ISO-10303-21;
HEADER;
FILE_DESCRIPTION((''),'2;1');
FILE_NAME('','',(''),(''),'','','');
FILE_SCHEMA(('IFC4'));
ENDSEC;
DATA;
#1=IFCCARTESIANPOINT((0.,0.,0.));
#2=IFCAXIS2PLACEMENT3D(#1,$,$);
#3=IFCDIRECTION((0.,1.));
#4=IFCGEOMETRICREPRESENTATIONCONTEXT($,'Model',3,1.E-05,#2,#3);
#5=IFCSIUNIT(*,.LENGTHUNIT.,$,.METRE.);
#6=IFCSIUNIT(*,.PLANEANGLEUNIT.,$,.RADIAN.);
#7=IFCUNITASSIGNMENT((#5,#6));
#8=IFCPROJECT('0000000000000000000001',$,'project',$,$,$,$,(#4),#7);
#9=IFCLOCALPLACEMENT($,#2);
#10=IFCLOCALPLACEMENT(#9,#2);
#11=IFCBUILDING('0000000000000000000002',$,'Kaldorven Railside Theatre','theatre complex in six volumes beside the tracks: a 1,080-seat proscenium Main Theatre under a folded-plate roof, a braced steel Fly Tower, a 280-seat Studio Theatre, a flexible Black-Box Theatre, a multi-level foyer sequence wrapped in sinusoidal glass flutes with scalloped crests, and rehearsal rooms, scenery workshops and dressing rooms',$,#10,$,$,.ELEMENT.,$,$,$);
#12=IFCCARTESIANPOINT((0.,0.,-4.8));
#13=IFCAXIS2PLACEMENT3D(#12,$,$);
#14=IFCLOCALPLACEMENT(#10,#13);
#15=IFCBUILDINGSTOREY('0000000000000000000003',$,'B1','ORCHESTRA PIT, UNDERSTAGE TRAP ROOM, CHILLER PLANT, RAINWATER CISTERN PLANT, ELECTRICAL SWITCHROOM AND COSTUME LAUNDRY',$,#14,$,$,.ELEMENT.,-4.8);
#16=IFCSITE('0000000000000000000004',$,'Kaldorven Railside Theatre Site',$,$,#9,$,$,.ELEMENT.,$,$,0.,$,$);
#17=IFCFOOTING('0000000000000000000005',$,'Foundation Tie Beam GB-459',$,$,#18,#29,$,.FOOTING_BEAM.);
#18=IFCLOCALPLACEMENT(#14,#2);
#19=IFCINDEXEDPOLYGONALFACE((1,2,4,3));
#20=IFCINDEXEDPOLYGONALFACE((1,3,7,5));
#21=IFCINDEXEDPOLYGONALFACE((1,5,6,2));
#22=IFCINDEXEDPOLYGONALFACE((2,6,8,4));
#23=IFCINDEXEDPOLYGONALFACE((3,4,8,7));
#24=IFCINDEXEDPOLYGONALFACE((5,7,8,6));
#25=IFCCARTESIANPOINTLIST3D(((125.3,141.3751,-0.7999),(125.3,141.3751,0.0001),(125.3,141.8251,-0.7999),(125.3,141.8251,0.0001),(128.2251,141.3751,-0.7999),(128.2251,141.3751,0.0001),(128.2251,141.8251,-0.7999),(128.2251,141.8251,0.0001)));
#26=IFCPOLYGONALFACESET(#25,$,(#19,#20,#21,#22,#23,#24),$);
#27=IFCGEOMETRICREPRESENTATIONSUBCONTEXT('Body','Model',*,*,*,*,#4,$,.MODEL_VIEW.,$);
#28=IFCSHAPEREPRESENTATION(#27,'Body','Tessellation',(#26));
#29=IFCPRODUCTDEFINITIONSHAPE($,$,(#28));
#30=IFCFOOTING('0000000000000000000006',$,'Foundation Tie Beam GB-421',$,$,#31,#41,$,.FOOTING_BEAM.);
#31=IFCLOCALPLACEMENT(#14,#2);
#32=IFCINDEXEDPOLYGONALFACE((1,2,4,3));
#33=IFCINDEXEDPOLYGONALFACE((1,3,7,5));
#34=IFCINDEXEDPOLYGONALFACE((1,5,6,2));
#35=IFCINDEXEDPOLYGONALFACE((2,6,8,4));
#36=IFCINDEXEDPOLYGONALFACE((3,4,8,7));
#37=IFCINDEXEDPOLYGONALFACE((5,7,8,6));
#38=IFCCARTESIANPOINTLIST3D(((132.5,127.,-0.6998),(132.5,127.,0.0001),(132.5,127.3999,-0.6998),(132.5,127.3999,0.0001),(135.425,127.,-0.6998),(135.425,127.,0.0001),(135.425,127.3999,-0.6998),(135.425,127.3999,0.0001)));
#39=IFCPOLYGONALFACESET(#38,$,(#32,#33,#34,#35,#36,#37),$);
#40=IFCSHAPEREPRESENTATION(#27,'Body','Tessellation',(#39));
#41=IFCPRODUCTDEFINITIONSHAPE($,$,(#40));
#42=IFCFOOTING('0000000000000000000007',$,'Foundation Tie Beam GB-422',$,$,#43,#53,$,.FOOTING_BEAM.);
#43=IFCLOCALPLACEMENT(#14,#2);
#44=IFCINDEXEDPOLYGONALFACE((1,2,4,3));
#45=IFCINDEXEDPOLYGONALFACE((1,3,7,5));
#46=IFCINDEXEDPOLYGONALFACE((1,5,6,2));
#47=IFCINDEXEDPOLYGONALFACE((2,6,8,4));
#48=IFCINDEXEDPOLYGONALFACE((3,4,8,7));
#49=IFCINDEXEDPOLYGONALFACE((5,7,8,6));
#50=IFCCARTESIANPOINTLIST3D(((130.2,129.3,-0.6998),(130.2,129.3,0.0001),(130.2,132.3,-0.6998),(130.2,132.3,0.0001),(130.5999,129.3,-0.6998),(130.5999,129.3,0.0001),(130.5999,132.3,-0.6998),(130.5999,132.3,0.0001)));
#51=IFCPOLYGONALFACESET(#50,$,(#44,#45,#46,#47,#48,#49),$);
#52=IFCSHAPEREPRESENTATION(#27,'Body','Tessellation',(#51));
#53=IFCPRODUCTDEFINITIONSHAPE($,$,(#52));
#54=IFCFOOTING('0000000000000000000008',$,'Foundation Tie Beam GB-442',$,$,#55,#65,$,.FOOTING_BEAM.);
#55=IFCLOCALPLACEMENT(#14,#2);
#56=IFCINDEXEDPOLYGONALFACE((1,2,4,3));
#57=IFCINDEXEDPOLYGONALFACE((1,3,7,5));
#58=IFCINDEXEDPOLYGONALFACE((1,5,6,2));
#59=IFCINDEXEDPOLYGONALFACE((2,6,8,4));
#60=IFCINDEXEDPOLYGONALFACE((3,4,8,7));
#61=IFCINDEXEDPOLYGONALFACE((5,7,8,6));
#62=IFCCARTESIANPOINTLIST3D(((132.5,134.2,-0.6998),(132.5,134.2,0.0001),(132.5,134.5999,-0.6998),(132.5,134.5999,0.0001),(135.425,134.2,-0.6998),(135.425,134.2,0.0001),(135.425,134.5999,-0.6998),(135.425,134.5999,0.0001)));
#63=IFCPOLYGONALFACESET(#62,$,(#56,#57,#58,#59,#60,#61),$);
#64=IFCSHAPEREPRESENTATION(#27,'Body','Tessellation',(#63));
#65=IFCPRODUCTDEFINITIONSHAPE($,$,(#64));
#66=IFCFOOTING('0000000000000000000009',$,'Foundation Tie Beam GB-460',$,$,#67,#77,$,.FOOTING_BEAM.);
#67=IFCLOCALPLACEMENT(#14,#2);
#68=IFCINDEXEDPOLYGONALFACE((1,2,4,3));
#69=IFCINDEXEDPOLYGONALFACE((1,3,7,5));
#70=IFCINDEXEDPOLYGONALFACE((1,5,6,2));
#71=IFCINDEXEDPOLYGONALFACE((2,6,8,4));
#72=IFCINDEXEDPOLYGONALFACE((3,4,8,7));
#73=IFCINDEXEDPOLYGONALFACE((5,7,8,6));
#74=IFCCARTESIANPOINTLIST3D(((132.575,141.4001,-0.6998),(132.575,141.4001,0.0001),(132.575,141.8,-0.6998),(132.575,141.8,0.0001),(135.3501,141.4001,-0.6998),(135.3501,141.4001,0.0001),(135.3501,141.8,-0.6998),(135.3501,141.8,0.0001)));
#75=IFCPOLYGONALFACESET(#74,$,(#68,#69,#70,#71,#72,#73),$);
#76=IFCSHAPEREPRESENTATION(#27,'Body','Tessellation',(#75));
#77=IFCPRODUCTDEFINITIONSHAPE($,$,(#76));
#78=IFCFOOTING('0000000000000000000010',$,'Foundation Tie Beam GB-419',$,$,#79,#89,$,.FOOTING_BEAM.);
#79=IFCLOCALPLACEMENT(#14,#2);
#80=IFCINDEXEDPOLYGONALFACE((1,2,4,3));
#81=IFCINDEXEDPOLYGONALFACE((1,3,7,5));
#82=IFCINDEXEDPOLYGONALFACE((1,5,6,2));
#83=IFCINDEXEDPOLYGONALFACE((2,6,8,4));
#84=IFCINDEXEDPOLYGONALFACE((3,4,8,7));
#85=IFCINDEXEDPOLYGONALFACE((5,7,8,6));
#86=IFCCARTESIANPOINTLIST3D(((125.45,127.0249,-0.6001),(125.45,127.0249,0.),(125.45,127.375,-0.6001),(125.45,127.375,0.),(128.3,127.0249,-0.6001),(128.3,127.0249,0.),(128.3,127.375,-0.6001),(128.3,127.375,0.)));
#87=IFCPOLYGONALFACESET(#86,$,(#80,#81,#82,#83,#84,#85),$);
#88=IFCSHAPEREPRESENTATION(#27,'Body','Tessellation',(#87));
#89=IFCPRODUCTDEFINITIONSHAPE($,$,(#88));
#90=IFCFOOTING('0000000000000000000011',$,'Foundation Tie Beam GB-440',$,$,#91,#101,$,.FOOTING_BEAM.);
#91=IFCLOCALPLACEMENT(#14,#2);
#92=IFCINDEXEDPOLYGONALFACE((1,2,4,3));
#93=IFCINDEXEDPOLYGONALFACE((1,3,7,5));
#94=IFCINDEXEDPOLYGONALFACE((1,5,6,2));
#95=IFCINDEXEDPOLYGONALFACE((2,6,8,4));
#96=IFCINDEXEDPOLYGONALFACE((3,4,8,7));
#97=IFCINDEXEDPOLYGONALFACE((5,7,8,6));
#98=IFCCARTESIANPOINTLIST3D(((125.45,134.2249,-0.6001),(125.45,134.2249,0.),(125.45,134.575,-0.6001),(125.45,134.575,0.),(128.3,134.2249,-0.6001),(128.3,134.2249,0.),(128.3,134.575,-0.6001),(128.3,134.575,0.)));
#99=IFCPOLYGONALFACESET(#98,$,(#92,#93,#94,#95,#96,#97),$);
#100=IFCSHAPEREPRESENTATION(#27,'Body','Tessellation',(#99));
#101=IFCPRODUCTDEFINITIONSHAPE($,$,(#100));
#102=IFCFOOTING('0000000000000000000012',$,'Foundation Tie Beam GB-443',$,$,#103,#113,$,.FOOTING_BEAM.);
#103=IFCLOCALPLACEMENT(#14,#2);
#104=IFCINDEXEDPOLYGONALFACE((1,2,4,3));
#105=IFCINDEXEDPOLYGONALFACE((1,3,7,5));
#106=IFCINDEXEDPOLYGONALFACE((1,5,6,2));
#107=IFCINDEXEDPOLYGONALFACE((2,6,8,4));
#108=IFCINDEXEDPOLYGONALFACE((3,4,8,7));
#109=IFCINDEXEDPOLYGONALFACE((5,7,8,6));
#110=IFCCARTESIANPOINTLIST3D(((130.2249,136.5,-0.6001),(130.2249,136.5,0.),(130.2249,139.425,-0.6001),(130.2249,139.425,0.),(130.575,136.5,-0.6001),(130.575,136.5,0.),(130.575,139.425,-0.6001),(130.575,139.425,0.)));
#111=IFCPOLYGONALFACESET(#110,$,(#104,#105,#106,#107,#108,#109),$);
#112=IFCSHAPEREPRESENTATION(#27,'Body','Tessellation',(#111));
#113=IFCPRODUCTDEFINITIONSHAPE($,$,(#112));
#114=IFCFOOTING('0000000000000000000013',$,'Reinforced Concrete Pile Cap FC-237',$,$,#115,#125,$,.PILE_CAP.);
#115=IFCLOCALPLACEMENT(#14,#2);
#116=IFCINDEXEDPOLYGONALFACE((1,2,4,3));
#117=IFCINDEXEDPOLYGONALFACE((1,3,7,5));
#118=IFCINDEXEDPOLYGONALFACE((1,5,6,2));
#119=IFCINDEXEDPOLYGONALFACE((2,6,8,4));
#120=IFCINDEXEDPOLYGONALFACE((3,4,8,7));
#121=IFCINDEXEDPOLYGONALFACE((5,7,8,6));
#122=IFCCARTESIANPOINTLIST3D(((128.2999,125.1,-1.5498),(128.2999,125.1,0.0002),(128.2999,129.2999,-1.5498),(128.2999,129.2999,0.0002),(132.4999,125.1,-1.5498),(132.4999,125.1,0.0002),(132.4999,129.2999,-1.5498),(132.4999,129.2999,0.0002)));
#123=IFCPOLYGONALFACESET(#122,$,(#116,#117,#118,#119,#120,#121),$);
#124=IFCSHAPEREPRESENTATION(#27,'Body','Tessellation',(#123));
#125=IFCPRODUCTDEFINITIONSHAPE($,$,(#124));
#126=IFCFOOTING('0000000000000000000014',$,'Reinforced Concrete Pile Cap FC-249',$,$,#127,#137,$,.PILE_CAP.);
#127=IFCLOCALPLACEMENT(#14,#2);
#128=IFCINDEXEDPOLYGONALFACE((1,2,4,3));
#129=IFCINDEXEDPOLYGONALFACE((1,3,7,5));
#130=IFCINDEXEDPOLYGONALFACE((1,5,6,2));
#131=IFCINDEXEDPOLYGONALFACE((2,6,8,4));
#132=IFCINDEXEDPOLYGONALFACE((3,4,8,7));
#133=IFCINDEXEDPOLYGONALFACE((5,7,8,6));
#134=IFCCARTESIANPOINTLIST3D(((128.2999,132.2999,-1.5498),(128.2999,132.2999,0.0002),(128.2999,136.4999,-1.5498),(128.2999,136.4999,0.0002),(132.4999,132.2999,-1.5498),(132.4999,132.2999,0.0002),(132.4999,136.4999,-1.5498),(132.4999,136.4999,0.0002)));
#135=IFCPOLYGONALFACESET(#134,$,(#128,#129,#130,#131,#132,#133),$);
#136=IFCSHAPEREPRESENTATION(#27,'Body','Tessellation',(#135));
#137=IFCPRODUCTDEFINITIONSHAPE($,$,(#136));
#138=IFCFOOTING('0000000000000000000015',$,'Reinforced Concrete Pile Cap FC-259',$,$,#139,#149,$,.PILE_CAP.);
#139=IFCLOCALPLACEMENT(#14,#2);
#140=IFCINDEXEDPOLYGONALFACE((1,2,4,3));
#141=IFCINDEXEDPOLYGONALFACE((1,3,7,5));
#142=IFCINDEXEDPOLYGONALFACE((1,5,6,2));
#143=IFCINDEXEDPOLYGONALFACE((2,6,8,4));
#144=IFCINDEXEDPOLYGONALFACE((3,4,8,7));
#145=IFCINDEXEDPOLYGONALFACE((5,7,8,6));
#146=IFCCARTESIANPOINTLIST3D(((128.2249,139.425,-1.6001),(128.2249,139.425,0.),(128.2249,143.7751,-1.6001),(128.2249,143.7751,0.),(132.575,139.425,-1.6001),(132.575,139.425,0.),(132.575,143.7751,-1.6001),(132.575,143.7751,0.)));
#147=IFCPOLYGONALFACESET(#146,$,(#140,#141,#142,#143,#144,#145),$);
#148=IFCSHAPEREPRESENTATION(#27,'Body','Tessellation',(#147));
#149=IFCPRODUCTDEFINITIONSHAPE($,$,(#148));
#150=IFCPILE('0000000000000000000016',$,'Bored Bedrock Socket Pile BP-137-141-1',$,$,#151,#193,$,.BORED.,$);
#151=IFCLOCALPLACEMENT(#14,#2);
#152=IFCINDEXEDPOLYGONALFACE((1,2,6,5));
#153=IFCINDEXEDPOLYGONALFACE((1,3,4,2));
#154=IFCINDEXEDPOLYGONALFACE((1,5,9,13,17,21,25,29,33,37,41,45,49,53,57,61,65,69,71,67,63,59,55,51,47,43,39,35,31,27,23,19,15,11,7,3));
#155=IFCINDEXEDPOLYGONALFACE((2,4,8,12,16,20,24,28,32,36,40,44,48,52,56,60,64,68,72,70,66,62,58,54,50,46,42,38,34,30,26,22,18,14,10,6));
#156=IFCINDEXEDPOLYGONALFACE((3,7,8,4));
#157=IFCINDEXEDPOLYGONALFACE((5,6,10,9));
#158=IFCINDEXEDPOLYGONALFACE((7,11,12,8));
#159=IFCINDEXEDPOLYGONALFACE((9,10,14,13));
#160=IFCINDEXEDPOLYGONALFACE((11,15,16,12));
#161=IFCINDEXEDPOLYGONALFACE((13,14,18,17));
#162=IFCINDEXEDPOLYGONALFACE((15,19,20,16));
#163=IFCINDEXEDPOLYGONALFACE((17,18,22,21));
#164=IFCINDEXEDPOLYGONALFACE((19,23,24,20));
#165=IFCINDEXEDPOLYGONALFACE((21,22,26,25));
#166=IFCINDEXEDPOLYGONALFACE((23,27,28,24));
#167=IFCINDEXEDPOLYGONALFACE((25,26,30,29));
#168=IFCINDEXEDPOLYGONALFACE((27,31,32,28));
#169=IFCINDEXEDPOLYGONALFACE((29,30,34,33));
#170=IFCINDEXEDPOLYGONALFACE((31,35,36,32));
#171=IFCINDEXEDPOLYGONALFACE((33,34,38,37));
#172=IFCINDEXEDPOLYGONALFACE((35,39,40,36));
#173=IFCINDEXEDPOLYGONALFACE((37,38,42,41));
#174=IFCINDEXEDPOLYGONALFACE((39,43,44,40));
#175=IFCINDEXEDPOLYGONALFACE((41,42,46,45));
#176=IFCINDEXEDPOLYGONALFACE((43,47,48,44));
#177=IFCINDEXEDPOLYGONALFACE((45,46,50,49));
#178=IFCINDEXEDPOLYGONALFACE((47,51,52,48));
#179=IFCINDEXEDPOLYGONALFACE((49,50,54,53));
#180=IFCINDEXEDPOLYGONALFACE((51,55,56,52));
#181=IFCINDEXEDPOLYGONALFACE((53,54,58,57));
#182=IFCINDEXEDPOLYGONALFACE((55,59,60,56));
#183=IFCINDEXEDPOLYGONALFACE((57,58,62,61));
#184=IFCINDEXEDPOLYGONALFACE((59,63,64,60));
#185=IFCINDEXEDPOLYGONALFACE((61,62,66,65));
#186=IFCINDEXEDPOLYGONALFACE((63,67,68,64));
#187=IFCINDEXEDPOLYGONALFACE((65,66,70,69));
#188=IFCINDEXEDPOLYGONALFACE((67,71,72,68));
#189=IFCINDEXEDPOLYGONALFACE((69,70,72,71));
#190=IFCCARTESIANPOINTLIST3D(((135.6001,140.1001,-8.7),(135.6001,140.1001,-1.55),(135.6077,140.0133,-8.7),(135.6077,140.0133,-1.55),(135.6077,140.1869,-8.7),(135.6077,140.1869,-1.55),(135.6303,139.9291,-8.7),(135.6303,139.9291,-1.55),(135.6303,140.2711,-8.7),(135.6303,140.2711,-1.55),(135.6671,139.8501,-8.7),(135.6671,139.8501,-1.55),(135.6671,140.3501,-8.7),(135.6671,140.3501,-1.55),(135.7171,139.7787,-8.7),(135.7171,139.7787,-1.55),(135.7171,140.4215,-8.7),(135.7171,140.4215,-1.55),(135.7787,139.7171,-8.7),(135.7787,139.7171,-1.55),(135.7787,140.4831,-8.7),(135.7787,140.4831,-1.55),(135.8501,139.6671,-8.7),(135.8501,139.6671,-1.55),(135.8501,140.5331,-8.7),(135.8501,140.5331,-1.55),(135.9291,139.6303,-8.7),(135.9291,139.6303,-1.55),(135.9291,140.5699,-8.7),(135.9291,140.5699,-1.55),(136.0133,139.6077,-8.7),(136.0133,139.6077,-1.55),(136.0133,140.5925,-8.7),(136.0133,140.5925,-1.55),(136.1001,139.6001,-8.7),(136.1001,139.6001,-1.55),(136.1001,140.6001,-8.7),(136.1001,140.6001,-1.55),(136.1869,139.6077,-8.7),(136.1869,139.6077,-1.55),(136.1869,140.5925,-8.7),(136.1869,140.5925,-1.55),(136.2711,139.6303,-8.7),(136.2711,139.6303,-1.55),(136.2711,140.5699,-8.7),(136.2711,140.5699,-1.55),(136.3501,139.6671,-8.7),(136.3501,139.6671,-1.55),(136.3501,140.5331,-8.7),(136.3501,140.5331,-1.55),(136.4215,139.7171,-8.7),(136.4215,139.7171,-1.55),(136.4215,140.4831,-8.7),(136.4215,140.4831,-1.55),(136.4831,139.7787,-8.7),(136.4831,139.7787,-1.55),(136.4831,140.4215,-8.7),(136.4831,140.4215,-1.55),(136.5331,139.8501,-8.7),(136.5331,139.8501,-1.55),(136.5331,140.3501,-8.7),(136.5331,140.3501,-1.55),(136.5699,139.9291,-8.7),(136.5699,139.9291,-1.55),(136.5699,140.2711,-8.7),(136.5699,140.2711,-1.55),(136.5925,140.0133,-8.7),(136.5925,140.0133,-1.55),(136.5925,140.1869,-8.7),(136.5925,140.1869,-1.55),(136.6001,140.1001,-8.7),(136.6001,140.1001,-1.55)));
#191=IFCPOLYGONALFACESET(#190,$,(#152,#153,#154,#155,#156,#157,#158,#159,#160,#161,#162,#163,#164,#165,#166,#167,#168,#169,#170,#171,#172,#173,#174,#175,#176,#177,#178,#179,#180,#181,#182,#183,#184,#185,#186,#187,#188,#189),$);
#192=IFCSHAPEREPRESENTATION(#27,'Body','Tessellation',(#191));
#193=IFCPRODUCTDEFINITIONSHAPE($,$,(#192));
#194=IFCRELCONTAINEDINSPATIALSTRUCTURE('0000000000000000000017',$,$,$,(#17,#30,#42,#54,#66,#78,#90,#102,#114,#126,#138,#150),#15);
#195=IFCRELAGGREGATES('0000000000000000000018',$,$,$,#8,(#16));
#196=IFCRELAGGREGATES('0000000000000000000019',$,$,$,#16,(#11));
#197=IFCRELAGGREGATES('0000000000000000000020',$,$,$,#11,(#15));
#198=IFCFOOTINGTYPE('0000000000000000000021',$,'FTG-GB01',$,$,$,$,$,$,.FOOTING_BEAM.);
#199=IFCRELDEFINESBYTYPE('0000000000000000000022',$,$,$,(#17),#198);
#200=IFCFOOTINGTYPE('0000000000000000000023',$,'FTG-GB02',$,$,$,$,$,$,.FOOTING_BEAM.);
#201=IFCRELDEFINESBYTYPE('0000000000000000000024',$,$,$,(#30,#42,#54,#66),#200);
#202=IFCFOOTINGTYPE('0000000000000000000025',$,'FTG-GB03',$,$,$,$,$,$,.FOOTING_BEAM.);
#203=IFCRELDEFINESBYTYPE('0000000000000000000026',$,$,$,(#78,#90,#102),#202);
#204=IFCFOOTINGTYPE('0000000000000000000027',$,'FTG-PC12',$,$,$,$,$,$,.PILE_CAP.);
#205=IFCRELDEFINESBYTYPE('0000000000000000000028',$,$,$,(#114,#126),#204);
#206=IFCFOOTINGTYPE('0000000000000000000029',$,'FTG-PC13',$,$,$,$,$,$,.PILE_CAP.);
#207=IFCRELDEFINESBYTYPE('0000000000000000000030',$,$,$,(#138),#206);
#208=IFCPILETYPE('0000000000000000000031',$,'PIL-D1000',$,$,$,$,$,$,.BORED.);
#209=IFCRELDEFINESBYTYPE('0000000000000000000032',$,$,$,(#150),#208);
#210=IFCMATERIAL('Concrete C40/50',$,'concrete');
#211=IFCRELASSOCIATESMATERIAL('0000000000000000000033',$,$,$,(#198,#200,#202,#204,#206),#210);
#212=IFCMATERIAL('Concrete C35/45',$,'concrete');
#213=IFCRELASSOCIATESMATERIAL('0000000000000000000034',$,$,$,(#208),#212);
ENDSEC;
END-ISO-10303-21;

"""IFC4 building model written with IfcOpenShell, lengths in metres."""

from ifc_helpers import new_model, si_unit, direction, frame, origin, origin_2d, place, context, subcontext, project, spatial, rectangle, circle, extrude, material, material_profile, profile_set, type_object, element, save


model = new_model("IFC4")

# Units and contexts
model_context = context("Model", 3, precision=1e-05, world=origin(), true_north=direction((0.0, 1.0)))
body_context = subcontext(model_context, "Body", "Model", "MODEL_VIEW")
ifc_project = project(units=[si_unit("LENGTHUNIT", "METRE"), si_unit("PLANEANGLEUNIT", "RADIAN")], contexts=[model_context])

# Site, building, storey
site_placement = place(None, origin())
site = spatial("IfcSite", under=ifc_project, at=site_placement, Name="Kaldorven Railside Theatre Site", CompositionType="ELEMENT", RefElevation=0.0)
building_placement = place(site_placement, origin())
building = spatial("IfcBuilding", under=site, at=building_placement, Name="Kaldorven Railside Theatre", Description="theatre complex in six volumes beside the tracks: a 1,080-seat proscenium Main Theatre under a folded-plate roof, a braced steel Fly Tower, a 280-seat Studio Theatre, a flexible Black-Box Theatre, a multi-level foyer sequence wrapped in sinusoidal glass flutes with scalloped crests, and rehearsal rooms, scenery workshops and dressing rooms", CompositionType="ELEMENT")
storey_placement = place(building_placement, frame((0.0, 0.0, -4.8)))
storey = spatial("IfcBuildingStorey", under=building, at=storey_placement, Name="B1", Description="ORCHESTRA PIT, UNDERSTAGE TRAP ROOM, CHILLER PLANT, RAINWATER CISTERN PLANT, ELECTRICAL SWITCHROOM AND COSTUME LAUNDRY", CompositionType="ELEMENT", Elevation=-4.8)

# Footings
ifc_material_1 = material(Name="Concrete C40/50", Category="concrete")
ifc_material_profile_1 = material_profile(ifc_material_1, rectangle(XDim=0.45, YDim=0.8, at=origin_2d()), Name="RC 450x800")
ifc_profile_set_1 = profile_set([ifc_material_profile_1], Name="Concrete C40/50")
footing_type_1 = type_object("IfcFootingType", Name="FTG-GB01", PredefinedType="FOOTING_BEAM", material=ifc_profile_set_1)
footing_1_placement = place(storey_placement, frame((125.3, 141.6001, -0.3999), z_axis=(1.0, 0.0, 0.0), x_axis=(0.0, 1.0, 0.0)))
element("IfcFooting", 1, at=footing_1_placement, inside=storey, type_object=footing_type_1, Name="Foundation Tie Beam GB-459", PredefinedType="FOOTING_BEAM", context=body_context, shape_type="SweptSolid", body=[
    extrude(rectangle(XDim=0.45, YDim=0.8, at=origin_2d()), origin(), (0.0, 0.0, 1.0), 2.925),
])
ifc_material_profile_2 = material_profile(ifc_material_1, rectangle(XDim=0.3999, YDim=0.7, at=origin_2d()), Name="RC 400x700")
ifc_profile_set_2 = profile_set([ifc_material_profile_2], Name="Concrete C40/50")
footing_type_2 = type_object("IfcFootingType", Name="FTG-GB02", PredefinedType="FOOTING_BEAM", material=ifc_profile_set_2)
footing_2_placement = place(storey_placement, frame((132.5, 127.2, -0.3499), z_axis=(1.0, 0.0, 0.0), x_axis=(0.0, 1.0, 0.0)))
element("IfcFooting", 2, at=footing_2_placement, inside=storey, type_object=footing_type_2, Name="Foundation Tie Beam GB-421", PredefinedType="FOOTING_BEAM", context=body_context, shape_type="SweptSolid", body=[
    extrude(rectangle(XDim=0.3999, YDim=0.7, at=origin_2d()), origin(), (0.0, 0.0, 1.0), 2.925),
])
footing_3_placement = place(storey_placement, frame((130.3999, 129.3, -0.3499), z_axis=(0.0, 1.0, 0.0), x_axis=(-1.0, 0.0, 0.0)))
element("IfcFooting", 3, at=footing_3_placement, inside=storey, type_object=footing_type_2, Name="Foundation Tie Beam GB-422", PredefinedType="FOOTING_BEAM", context=body_context, shape_type="SweptSolid", body=[
    extrude(rectangle(XDim=0.3999, YDim=0.7, at=origin_2d()), origin(), (0.0, 0.0, 1.0), 3.0),
])
footing_4_placement = place(storey_placement, frame((132.5, 134.3999, -0.3499), z_axis=(1.0, 0.0, 0.0), x_axis=(0.0, 1.0, 0.0)))
element("IfcFooting", 4, at=footing_4_placement, inside=storey, type_object=footing_type_2, Name="Foundation Tie Beam GB-442", PredefinedType="FOOTING_BEAM", context=body_context, shape_type="SweptSolid", body=[
    extrude(rectangle(XDim=0.3999, YDim=0.7, at=origin_2d()), origin(), (0.0, 0.0, 1.0), 2.925),
])
footing_5_placement = place(storey_placement, frame((132.575, 141.6001, -0.3499), z_axis=(1.0, 0.0, 0.0), x_axis=(0.0, 1.0, 0.0)))
element("IfcFooting", 5, at=footing_5_placement, inside=storey, type_object=footing_type_2, Name="Foundation Tie Beam GB-460", PredefinedType="FOOTING_BEAM", context=body_context, shape_type="SweptSolid", body=[
    extrude(rectangle(XDim=0.3999, YDim=0.7, at=origin_2d()), origin(), (0.0, 0.0, 1.0), 2.7751),
])
ifc_material_profile_3 = material_profile(ifc_material_1, rectangle(XDim=0.3501, YDim=0.6001, at=origin_2d()), Name="RC 350x600")
ifc_profile_set_3 = profile_set([ifc_material_profile_3], Name="Concrete C40/50")
footing_type_3 = type_object("IfcFootingType", Name="FTG-GB03", PredefinedType="FOOTING_BEAM", material=ifc_profile_set_3)
for number, where, z_axis, x_axis, name in (
    (6, (125.45, 127.2, -0.3), (1.0, 0.0, 0.0), (0.0, 1.0, 0.0), "Foundation Tie Beam GB-419"),
    (7, (125.45, 134.3999, -0.3), (1.0, 0.0, 0.0), (0.0, 1.0, 0.0), "Foundation Tie Beam GB-440"),
):
    element("IfcFooting", number, at=place(storey_placement, frame(where, z_axis=z_axis, x_axis=x_axis)), inside=storey, type_object=footing_type_3, Name=name, PredefinedType="FOOTING_BEAM", context=body_context, shape_type="SweptSolid", body=[
        extrude(rectangle(XDim=0.3501, YDim=0.6001, at=origin_2d()), origin(), (0.0, 0.0, 1.0), 2.8501),
    ])
footing_6_placement = place(storey_placement, frame((130.3999, 136.5, -0.3), z_axis=(0.0, 1.0, 0.0), x_axis=(-1.0, 0.0, 0.0)))
element("IfcFooting", 8, at=footing_6_placement, inside=storey, type_object=footing_type_3, Name="Foundation Tie Beam GB-443", PredefinedType="FOOTING_BEAM", context=body_context, shape_type="SweptSolid", body=[
    extrude(rectangle(XDim=0.3501, YDim=0.6001, at=origin_2d()), origin(), (0.0, 0.0, 1.0), 2.925),
])
footing_type_4 = type_object("IfcFootingType", Name="FTG-PC12", PredefinedType="PILE_CAP", material=ifc_material_1)
for number, where, z_axis, x_axis, name in (
    (9, (130.3999, 127.2, -1.5498), (0.0, 0.0, 1.0), (1.0, 0.0, 0.0), "Reinforced Concrete Pile Cap FC-237"),
    (10, (130.3999, 134.3999, -1.5498), (0.0, 0.0, 1.0), (1.0, 0.0, 0.0), "Reinforced Concrete Pile Cap FC-249"),
):
    element("IfcFooting", number, at=place(storey_placement, frame(where, z_axis=z_axis, x_axis=x_axis)), inside=storey, type_object=footing_type_4, Name=name, PredefinedType="PILE_CAP", context=body_context, shape_type="SweptSolid", body=[
        extrude(rectangle(XDim=4.2, YDim=4.2, at=origin_2d()), origin(), (0.0, 0.0, 1.0), 1.55),
    ])
footing_type_5 = type_object("IfcFootingType", Name="FTG-PC13", PredefinedType="PILE_CAP", material=ifc_material_1)
footing_7_placement = place(storey_placement, frame((130.3999, 141.6001, -1.6001), z_axis=(0.0, 0.0, 1.0), x_axis=(1.0, 0.0, 0.0)))
element("IfcFooting", 11, at=footing_7_placement, inside=storey, type_object=footing_type_5, Name="Reinforced Concrete Pile Cap FC-259", PredefinedType="PILE_CAP", context=body_context, shape_type="SweptSolid", body=[
    extrude(rectangle(XDim=4.3501, YDim=4.3501, at=origin_2d()), origin(), (0.0, 0.0, 1.0), 1.6001),
])

# Pile
ifc_material_2 = material(Name="Concrete C35/45", Category="concrete")
ifc_material_profile_4 = material_profile(ifc_material_2, circle(Radius=0.5, at=origin_2d()), Name="BP D1000")
ifc_profile_set_4 = profile_set([ifc_material_profile_4], Name="Concrete C35/45")
pile_type_1 = type_object("IfcPileType", Name="PIL-D1000", PredefinedType="BORED", material=ifc_profile_set_4)
for number, where, z_axis, x_axis, name in (
    (12, (136.1001, 140.1001, -1.55), (0.0, 0.0, -1.0), (1.0, 0.0, 0.0), "Bored Bedrock Socket Pile BP-137-141-1"),
):
    element("IfcPile", number, at=place(storey_placement, frame(where, z_axis=z_axis, x_axis=x_axis)), inside=storey, type_object=pile_type_1, Name=name, PredefinedType="BORED", context=body_context, shape_type="SweptSolid", body=[
        extrude(circle(Radius=0.5, at=origin_2d()), origin(), (0.0, 0.0, 1.0), 7.1499),
    ])

save(model, "model.ifc")
